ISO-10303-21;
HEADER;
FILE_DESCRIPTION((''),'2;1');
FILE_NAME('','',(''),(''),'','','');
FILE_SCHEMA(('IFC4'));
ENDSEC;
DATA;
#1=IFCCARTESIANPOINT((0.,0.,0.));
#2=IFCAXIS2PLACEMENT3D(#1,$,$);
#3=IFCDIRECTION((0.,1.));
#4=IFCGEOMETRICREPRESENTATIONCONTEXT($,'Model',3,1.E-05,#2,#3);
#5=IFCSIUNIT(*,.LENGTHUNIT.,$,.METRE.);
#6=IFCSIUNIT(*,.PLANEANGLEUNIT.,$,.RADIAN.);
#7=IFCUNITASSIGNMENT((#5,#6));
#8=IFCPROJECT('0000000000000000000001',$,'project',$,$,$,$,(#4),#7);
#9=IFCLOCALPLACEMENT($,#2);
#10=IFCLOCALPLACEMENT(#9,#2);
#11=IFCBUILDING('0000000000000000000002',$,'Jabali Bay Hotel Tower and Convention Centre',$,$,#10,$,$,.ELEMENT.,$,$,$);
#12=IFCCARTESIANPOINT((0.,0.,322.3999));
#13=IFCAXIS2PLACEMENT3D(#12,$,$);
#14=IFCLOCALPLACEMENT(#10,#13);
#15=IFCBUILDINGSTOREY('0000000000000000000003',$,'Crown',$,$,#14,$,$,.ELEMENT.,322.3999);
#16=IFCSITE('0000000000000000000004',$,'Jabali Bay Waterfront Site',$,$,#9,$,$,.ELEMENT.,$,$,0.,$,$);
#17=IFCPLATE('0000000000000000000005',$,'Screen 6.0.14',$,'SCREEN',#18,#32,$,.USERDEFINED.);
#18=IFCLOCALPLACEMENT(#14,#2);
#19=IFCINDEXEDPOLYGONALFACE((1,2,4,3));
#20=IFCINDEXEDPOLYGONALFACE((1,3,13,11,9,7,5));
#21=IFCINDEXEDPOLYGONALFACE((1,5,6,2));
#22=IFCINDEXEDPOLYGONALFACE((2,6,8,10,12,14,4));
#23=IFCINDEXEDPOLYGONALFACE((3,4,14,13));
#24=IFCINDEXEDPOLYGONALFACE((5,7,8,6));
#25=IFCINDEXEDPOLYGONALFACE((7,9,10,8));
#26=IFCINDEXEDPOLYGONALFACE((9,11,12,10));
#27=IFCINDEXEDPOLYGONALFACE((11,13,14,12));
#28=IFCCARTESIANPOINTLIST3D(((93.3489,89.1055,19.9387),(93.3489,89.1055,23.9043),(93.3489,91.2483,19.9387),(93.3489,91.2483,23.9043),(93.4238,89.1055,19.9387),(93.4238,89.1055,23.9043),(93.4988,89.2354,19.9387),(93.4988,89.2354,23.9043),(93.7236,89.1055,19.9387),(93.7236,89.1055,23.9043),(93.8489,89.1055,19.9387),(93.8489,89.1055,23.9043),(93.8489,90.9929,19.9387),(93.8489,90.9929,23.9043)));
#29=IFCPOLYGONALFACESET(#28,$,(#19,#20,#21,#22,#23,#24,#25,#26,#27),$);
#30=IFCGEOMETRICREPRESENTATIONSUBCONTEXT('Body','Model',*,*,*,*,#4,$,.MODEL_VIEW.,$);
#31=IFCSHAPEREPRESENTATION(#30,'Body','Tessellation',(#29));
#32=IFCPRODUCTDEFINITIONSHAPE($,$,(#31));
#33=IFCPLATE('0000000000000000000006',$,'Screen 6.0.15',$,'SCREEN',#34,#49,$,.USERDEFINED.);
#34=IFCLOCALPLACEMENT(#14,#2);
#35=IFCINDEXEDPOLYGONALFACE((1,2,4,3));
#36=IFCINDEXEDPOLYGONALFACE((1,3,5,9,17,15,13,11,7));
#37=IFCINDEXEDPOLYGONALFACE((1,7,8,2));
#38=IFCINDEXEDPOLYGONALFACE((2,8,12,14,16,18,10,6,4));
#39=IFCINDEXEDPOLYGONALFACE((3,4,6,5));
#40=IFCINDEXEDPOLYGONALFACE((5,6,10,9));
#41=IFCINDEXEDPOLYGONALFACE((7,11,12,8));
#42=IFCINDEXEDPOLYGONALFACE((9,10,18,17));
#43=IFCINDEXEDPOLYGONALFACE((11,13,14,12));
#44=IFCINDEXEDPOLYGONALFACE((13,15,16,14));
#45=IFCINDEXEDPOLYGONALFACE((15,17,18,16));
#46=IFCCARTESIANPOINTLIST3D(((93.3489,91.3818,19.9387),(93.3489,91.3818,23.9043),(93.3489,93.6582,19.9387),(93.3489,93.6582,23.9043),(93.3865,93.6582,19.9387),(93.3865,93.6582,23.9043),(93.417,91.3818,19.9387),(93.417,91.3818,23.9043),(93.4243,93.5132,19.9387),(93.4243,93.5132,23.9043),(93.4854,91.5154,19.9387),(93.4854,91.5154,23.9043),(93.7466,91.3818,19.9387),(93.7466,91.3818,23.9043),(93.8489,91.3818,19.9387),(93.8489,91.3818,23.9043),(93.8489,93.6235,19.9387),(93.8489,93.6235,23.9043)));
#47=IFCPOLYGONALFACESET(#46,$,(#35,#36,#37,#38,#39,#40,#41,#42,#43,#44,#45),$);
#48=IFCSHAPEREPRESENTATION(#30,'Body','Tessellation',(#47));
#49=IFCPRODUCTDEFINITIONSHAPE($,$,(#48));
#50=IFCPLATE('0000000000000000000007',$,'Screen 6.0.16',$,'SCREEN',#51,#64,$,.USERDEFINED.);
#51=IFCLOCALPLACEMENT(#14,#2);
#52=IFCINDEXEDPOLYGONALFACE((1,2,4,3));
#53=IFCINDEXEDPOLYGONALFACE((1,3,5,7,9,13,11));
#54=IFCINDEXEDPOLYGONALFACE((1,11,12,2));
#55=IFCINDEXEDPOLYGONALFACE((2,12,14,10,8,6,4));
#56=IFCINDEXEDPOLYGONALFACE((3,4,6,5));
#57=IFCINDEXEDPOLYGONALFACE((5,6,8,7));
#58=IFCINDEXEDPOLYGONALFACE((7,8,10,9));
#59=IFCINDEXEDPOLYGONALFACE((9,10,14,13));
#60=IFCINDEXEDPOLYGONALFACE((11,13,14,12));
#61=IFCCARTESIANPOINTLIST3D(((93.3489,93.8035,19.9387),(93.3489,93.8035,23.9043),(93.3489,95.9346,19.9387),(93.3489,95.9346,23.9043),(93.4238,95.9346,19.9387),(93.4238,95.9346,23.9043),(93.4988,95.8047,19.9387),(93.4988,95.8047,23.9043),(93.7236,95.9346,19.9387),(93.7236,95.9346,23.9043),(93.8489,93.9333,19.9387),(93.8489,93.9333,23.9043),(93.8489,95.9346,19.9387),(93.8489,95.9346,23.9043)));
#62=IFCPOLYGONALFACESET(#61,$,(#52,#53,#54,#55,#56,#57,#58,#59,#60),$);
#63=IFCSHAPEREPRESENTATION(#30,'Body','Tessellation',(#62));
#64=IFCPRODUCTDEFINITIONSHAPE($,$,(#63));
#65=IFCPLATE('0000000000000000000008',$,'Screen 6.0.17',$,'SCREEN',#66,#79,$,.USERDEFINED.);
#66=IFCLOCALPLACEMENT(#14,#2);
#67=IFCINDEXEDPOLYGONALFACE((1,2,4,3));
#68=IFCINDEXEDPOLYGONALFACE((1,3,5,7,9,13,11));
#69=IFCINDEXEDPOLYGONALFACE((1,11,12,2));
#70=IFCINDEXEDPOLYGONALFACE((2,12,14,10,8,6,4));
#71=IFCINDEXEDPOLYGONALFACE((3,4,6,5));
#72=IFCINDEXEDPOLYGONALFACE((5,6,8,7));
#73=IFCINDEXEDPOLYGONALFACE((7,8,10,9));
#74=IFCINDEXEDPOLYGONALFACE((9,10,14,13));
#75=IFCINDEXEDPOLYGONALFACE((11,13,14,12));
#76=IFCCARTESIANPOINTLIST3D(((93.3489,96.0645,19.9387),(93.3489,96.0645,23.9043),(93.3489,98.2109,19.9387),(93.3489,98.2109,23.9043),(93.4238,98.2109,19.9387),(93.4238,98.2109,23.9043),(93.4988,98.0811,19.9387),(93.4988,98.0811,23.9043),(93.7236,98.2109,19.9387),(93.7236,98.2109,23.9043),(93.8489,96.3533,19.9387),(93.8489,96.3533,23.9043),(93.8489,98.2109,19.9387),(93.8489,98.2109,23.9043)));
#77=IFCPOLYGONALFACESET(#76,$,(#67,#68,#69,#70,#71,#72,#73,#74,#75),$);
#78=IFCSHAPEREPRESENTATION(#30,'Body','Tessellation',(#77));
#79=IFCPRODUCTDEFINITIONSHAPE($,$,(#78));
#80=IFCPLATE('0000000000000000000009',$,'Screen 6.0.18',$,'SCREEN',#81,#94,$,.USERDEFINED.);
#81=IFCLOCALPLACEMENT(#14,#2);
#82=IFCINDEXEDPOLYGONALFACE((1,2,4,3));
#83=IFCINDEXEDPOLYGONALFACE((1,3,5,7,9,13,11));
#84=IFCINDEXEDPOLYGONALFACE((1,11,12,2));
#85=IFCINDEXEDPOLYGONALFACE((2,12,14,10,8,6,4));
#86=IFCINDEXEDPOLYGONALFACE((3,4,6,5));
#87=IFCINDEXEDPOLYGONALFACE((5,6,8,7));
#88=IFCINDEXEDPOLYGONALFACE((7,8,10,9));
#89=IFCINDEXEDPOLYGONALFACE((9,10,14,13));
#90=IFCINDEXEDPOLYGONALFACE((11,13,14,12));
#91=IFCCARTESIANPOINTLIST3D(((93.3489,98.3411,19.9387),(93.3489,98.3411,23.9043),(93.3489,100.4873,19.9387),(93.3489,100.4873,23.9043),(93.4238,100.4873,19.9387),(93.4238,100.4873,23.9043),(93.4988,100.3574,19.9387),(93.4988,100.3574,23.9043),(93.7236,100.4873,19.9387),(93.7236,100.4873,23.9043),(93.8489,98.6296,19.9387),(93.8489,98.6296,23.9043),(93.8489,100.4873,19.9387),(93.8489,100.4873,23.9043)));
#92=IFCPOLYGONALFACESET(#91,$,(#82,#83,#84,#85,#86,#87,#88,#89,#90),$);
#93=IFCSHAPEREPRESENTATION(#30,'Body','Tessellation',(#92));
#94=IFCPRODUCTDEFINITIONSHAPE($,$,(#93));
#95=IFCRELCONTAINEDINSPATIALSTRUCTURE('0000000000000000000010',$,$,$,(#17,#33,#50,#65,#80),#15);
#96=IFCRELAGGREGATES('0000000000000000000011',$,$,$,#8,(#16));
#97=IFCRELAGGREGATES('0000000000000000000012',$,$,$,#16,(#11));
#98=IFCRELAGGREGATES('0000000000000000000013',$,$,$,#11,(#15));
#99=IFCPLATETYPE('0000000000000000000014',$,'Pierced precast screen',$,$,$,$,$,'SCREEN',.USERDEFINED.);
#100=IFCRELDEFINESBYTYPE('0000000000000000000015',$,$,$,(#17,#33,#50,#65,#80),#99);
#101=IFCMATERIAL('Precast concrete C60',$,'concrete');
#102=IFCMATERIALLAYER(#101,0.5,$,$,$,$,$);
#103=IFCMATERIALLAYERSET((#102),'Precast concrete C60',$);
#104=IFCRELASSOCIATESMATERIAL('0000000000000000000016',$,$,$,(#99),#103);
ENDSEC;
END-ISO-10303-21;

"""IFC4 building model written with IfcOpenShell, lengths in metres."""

from ifc_helpers import new_model, si_unit, direction, frame, origin, place, context, subcontext, project, spatial, polyline, outline, extrude, material, layer, layer_set, type_object, element, save


model = new_model("IFC4")

# Units and contexts
model_context = context("Model", 3, precision=1e-05, world=origin(), true_north=direction((0.0, 1.0)))
body_context = subcontext(model_context, "Body", "Model", "MODEL_VIEW")
ifc_project = project(units=[si_unit("LENGTHUNIT", "METRE"), si_unit("PLANEANGLEUNIT", "RADIAN")], contexts=[model_context])

# Site, building, storey
site_placement = place(None, origin())
site = spatial("IfcSite", under=ifc_project, at=site_placement, Name="Jabali Bay Waterfront Site", CompositionType="ELEMENT", RefElevation=0.0)
building_placement = place(site_placement, origin())
building = spatial("IfcBuilding", under=site, at=building_placement, Name="Jabali Bay Hotel Tower and Convention Centre", CompositionType="ELEMENT")
storey_placement = place(building_placement, frame((0.0, 0.0, 322.3999)))
storey = spatial("IfcBuildingStorey", under=building, at=storey_placement, Name="Crown", CompositionType="ELEMENT", Elevation=322.3999)

# Plates
ifc_material = material(Name="Precast concrete C60", Category="concrete")
ifc_layer = layer(ifc_material, 0.5)
ifc_layer_set = layer_set([ifc_layer], Name="Precast concrete C60")
plate_type = type_object("IfcPlateType", Name="Pierced precast screen", ElementType="SCREEN", PredefinedType="USERDEFINED", material=ifc_layer_set)
plate_1_placement = place(storey_placement, frame((0.0, 0.0, 19.9387)))
element("IfcPlate", 1, at=plate_1_placement, inside=storey, type_object=plate_type, Name="Screen 6.0.14", ObjectType="SCREEN", PredefinedType="USERDEFINED", context=body_context, shape_type="SweptSolid", body=[
    extrude(outline(polyline([(93.3489, 91.2483), (93.3489, 89.1055), (93.4238, 89.1055), (93.4988, 89.2354), (93.7236, 89.1055), (93.8489, 89.1055), (93.8489, 90.9929), (93.3489, 91.2483)])), origin(), (0.0, 0.0, 1.0), 3.9656),
])
plate_2_placement = place(storey_placement, frame((0.0, 0.0, 19.9387)))
element("IfcPlate", 2, at=plate_2_placement, inside=storey, type_object=plate_type, Name="Screen 6.0.15", ObjectType="SCREEN", PredefinedType="USERDEFINED", context=body_context, shape_type="SweptSolid", body=[
    extrude(outline(polyline([(93.3489, 93.6582), (93.3489, 91.3818), (93.417, 91.3818), (93.4854, 91.5154), (93.7466, 91.3818), (93.8489, 91.3818), (93.8489, 93.6235), (93.4243, 93.5132), (93.3865, 93.6582), (93.3489, 93.6582)])), origin(), (0.0, 0.0, 1.0), 3.9656),
])
plate_3_placement = place(storey_placement, frame((0.0, 0.0, 19.9387)))
element("IfcPlate", 3, at=plate_3_placement, inside=storey, type_object=plate_type, Name="Screen 6.0.16", ObjectType="SCREEN", PredefinedType="USERDEFINED", context=body_context, shape_type="SweptSolid", body=[
    extrude(outline(polyline([(93.3489, 95.9346), (93.3489, 93.8035), (93.8489, 93.9333), (93.8489, 95.9346), (93.7236, 95.9346), (93.4988, 95.8047), (93.4238, 95.9346), (93.3489, 95.9346)])), origin(), (0.0, 0.0, 1.0), 3.9656),
])
plate_4_placement = place(storey_placement, frame((0.0, 0.0, 19.9387)))
element("IfcPlate", 4, at=plate_4_placement, inside=storey, type_object=plate_type, Name="Screen 6.0.17", ObjectType="SCREEN", PredefinedType="USERDEFINED", context=body_context, shape_type="SweptSolid", body=[
    extrude(outline(polyline([(93.3489, 98.2109), (93.3489, 96.0645), (93.8489, 96.3533), (93.8489, 98.2109), (93.7236, 98.2109), (93.4988, 98.0811), (93.4238, 98.2109), (93.3489, 98.2109)])), origin(), (0.0, 0.0, 1.0), 3.9656),
])
plate_5_placement = place(storey_placement, frame((0.0, 0.0, 19.9387)))
element("IfcPlate", 5, at=plate_5_placement, inside=storey, type_object=plate_type, Name="Screen 6.0.18", ObjectType="SCREEN", PredefinedType="USERDEFINED", context=body_context, shape_type="SweptSolid", body=[
    extrude(outline(polyline([(93.3489, 100.4873), (93.3489, 98.3411), (93.8489, 98.6296), (93.8489, 100.4873), (93.7236, 100.4873), (93.4988, 100.3574), (93.4238, 100.4873), (93.3489, 100.4873)])), origin(), (0.0, 0.0, 1.0), 3.9656),
])

save(model, "model.ifc")
